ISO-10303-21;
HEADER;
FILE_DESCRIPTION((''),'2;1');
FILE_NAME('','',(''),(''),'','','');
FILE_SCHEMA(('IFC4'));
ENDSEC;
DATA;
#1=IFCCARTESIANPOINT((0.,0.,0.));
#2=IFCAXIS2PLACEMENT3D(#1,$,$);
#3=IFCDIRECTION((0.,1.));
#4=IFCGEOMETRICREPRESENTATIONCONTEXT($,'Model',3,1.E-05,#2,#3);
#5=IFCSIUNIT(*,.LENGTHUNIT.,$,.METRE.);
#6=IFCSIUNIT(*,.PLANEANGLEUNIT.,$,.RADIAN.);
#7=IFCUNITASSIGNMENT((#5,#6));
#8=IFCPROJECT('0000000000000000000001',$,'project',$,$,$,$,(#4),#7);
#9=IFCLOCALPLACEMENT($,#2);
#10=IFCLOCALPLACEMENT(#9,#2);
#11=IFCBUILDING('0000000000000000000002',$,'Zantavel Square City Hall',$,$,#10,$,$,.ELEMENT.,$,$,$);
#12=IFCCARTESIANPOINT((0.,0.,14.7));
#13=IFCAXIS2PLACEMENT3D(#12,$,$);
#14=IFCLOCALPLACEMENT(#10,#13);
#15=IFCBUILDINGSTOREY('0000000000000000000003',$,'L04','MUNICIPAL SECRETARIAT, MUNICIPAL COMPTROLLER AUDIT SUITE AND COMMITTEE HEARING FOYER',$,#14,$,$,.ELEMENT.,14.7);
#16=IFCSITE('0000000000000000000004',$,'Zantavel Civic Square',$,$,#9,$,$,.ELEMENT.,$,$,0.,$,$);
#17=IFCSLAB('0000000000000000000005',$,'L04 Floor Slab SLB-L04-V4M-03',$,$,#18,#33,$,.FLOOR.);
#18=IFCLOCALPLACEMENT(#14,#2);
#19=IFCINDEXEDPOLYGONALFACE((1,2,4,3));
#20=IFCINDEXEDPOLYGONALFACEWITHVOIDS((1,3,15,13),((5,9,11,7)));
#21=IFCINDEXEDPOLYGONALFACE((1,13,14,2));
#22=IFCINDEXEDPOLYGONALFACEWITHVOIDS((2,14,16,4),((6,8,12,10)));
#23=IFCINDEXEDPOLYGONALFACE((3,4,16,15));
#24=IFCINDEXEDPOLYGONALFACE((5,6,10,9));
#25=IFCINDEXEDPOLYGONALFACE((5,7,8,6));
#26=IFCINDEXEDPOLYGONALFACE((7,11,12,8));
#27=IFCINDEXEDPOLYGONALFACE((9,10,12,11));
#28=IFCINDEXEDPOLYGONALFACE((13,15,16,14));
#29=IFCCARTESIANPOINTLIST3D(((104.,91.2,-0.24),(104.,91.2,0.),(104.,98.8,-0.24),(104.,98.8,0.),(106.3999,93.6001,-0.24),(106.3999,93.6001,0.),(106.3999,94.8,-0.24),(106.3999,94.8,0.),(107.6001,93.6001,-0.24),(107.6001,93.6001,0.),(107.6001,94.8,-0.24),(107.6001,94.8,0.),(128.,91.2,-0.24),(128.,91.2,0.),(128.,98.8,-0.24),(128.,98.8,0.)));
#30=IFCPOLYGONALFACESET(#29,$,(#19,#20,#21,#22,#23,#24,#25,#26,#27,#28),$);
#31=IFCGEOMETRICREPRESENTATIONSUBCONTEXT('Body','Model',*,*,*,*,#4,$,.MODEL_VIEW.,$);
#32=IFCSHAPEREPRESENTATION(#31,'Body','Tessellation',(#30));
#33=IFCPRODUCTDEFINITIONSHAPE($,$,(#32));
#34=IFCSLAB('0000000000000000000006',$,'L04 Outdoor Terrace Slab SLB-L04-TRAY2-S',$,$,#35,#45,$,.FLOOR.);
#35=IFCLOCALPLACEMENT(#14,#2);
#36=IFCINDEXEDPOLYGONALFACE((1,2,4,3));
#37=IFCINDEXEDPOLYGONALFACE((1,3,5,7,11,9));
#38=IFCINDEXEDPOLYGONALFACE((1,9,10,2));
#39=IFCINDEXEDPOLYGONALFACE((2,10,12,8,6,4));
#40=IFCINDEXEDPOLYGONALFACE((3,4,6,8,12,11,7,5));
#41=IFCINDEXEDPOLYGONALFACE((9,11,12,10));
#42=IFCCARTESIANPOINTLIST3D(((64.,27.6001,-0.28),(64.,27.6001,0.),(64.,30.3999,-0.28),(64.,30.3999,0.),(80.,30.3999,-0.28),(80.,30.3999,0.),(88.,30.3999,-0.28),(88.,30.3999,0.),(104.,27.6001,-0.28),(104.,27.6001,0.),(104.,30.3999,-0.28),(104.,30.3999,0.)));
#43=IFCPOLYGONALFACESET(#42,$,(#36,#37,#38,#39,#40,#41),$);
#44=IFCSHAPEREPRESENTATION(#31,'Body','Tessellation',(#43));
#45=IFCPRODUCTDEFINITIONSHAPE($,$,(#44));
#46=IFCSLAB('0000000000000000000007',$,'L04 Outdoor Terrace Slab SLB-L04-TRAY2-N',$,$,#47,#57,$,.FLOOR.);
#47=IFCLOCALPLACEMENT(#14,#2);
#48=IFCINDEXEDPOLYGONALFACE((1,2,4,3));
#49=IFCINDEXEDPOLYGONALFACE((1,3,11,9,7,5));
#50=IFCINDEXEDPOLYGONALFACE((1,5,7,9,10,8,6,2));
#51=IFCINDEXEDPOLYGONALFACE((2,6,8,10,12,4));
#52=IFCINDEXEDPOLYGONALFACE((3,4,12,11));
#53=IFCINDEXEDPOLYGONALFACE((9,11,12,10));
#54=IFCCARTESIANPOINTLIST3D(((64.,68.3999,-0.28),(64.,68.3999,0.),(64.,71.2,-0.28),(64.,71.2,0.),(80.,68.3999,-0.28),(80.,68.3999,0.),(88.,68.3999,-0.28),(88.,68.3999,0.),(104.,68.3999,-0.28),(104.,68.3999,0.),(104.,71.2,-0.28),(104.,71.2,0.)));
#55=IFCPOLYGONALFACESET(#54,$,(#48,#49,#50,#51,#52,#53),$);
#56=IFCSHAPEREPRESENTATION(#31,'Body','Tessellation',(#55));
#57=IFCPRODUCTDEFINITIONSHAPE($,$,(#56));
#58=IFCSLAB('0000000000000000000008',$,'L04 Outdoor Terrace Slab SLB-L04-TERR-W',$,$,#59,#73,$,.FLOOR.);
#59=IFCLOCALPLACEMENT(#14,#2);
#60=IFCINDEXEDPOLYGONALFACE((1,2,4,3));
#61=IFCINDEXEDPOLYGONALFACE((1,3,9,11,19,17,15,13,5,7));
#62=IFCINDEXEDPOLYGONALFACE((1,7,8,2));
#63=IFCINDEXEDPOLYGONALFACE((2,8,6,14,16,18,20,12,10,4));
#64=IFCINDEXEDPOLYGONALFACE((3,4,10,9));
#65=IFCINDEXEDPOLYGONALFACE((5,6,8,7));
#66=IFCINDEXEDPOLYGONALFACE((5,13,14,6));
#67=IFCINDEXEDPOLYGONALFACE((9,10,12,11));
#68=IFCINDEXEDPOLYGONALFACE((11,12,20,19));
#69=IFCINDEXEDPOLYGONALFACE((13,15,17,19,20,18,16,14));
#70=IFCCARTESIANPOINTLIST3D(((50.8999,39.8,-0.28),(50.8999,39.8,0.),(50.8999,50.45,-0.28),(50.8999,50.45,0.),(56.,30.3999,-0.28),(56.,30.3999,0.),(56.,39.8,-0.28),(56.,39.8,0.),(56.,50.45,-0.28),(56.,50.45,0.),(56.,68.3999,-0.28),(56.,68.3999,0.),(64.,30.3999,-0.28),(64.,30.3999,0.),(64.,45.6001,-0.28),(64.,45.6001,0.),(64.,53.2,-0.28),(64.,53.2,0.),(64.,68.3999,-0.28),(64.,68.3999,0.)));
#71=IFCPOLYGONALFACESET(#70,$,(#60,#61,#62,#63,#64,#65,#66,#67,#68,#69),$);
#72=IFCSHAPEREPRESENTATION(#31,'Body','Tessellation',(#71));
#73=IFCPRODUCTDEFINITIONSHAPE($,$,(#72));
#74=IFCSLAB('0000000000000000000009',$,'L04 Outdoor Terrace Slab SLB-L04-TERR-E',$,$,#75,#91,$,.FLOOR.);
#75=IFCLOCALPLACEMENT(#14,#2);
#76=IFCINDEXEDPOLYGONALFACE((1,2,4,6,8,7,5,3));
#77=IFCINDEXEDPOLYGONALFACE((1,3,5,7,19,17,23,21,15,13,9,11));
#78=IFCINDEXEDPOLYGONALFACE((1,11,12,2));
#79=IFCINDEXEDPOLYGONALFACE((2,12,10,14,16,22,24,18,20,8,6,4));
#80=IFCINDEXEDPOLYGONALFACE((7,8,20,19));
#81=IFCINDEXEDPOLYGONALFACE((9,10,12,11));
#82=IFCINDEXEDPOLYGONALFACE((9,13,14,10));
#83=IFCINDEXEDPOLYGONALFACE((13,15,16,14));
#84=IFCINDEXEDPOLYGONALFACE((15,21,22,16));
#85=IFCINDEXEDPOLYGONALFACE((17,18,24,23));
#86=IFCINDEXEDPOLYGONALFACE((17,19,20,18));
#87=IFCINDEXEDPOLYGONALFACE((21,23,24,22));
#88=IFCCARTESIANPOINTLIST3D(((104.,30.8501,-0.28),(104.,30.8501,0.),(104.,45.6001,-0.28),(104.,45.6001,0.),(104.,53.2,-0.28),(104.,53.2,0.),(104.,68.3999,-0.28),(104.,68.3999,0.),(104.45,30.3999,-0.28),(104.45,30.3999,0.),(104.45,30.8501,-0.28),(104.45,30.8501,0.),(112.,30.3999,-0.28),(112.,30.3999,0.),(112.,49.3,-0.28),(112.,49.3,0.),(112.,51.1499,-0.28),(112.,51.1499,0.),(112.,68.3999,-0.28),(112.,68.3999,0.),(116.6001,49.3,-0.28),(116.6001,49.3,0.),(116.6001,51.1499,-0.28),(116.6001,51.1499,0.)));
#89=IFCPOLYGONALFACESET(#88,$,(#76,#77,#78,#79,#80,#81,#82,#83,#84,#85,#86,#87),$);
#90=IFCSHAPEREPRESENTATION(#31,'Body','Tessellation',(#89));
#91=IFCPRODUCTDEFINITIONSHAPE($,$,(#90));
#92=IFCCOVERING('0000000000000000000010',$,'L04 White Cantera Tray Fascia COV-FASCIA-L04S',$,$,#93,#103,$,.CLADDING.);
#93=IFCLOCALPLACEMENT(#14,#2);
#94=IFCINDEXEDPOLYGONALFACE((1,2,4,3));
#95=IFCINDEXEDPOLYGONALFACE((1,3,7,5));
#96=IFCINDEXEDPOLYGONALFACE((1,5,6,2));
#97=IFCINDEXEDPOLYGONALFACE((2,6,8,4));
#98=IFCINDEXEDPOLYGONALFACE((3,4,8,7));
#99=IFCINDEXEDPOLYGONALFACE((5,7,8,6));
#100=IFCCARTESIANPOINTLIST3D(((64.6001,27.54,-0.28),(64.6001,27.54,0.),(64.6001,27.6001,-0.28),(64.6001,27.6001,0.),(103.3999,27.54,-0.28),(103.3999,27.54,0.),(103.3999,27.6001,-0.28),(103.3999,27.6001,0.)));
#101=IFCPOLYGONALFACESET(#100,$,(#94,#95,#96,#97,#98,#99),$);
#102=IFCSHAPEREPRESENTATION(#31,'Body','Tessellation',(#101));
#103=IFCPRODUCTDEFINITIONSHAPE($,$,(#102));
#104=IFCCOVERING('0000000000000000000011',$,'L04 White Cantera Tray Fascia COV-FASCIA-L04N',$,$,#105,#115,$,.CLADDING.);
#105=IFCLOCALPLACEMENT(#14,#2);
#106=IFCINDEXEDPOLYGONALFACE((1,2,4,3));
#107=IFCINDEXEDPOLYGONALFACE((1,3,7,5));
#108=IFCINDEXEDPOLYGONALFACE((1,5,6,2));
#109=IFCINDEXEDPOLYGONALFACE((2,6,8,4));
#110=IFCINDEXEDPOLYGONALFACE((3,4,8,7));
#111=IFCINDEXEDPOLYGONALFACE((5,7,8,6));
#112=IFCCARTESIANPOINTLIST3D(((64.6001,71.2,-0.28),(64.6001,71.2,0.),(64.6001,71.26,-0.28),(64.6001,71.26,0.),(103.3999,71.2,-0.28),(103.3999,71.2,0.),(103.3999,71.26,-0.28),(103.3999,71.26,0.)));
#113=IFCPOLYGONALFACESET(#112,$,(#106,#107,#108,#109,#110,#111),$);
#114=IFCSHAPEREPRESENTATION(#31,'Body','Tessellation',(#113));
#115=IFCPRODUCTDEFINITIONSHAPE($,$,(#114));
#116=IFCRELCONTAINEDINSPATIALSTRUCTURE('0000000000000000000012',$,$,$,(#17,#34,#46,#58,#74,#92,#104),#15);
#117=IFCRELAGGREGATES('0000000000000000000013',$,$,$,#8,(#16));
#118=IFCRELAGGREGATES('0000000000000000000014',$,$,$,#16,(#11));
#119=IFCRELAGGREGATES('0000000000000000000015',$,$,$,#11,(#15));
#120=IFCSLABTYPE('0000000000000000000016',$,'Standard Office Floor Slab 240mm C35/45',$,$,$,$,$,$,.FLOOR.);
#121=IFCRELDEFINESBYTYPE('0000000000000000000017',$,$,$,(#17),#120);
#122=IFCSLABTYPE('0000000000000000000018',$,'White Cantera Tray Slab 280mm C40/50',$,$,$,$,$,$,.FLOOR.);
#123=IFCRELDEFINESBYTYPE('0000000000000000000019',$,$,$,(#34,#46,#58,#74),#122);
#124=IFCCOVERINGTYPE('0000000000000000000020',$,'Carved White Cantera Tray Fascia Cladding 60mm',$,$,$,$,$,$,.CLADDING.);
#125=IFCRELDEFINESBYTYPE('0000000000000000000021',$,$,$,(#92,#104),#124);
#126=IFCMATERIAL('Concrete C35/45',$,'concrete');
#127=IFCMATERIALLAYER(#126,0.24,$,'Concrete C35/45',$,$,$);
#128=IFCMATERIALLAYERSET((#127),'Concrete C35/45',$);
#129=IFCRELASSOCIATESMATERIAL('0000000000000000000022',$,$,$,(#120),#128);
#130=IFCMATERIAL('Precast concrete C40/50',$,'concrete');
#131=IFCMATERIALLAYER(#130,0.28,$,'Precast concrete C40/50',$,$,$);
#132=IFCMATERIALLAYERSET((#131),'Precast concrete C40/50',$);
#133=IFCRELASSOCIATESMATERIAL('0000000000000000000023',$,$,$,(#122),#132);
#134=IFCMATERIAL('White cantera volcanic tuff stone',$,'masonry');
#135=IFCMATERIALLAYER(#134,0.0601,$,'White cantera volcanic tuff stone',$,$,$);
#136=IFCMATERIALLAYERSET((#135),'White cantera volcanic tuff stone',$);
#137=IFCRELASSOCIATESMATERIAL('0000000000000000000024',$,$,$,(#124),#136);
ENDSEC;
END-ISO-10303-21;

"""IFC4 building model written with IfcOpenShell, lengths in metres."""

from ifc_helpers import new_model, si_unit, direction, frame, origin, place, context, subcontext, project, spatial, polyline, outline, extrude, material, layer, layer_set, type_object, element, save


model = new_model("IFC4")

# Units and contexts
model_context = context("Model", 3, precision=1e-05, world=origin(), true_north=direction((0.0, 1.0)))
body_context = subcontext(model_context, "Body", "Model", "MODEL_VIEW")
ifc_project = project(units=[si_unit("LENGTHUNIT", "METRE"), si_unit("PLANEANGLEUNIT", "RADIAN")], contexts=[model_context])

# Site, building, storey
site_placement = place(None, origin())
site = spatial("IfcSite", under=ifc_project, at=site_placement, Name="Zantavel Civic Square", CompositionType="ELEMENT", RefElevation=0.0)
building_placement = place(site_placement, origin())
building = spatial("IfcBuilding", under=site, at=building_placement, Name="Zantavel Square City Hall", CompositionType="ELEMENT")
storey_placement = place(building_placement, frame((0.0, 0.0, 14.7)))
storey = spatial("IfcBuildingStorey", under=building, at=storey_placement, Name="L04", Description="MUNICIPAL SECRETARIAT, MUNICIPAL COMPTROLLER AUDIT SUITE AND COMMITTEE HEARING FOYER", CompositionType="ELEMENT", Elevation=14.7)

# Slabs
ifc_material_1 = material(Name="Concrete C35/45", Category="concrete")
ifc_layer_1 = layer(ifc_material_1, 0.24, Name="Concrete C35/45")
ifc_layer_set_1 = layer_set([ifc_layer_1], Name="Concrete C35/45")
slab_type_1 = type_object("IfcSlabType", Name="Standard Office Floor Slab 240mm C35/45", PredefinedType="FLOOR", material=ifc_layer_set_1)
slab_1_placement = place(storey_placement, frame((0.0, 0.0, -0.24)))
element("IfcSlab", 1, at=slab_1_placement, inside=storey, type_object=slab_type_1, Name="L04 Floor Slab SLB-L04-V4M-03", PredefinedType="FLOOR", context=body_context, shape_type="SweptSolid", body=[
    extrude(outline(polyline([(128.0, 98.8), (128.0, 91.2), (104.0, 91.2), (104.0, 98.8), (128.0, 98.8)]), holes=[polyline([(107.6001, 94.8), (106.3999, 94.8), (106.3999, 93.6001), (107.6001, 93.6001), (107.6001, 94.8)])]), origin(), (0.0, 0.0, 1.0), 0.24),
])
ifc_material_2 = material(Name="Precast concrete C40/50", Category="concrete")
ifc_layer_2 = layer(ifc_material_2, 0.28, Name="Precast concrete C40/50")
ifc_layer_set_2 = layer_set([ifc_layer_2], Name="Precast concrete C40/50")
slab_type_2 = type_object("IfcSlabType", Name="White Cantera Tray Slab 280mm C40/50", PredefinedType="FLOOR", material=ifc_layer_set_2)
slab_2_placement = place(storey_placement, frame((0.0, 0.0, -0.28)))
element("IfcSlab", 2, at=slab_2_placement, inside=storey, type_object=slab_type_2, Name="L04 Outdoor Terrace Slab SLB-L04-TRAY2-S", PredefinedType="FLOOR", context=body_context, shape_type="SweptSolid", body=[
    extrude(outline(polyline([(104.0, 27.6001), (64.0, 27.6001), (64.0, 30.3999), (80.0, 30.3999), (88.0, 30.3999), (104.0, 30.3999), (104.0, 27.6001)])), origin(), (0.0, 0.0, 1.0), 0.28),
])
slab_3_placement = place(storey_placement, frame((0.0, 0.0, -0.28)))
element("IfcSlab", 3, at=slab_3_placement, inside=storey, type_object=slab_type_2, Name="L04 Outdoor Terrace Slab SLB-L04-TRAY2-N", PredefinedType="FLOOR", context=body_context, shape_type="SweptSolid", body=[
    extrude(outline(polyline([(64.0, 71.2), (104.0, 71.2), (104.0, 68.3999), (88.0, 68.3999), (80.0, 68.3999), (64.0, 68.3999), (64.0, 71.2)])), origin(), (0.0, 0.0, 1.0), 0.28),
])
slab_4_placement = place(storey_placement, frame((0.0, 0.0, -0.28)))
element("IfcSlab", 4, at=slab_4_placement, inside=storey, type_object=slab_type_2, Name="L04 Outdoor Terrace Slab SLB-L04-TERR-W", PredefinedType="FLOOR", context=body_context, shape_type="SweptSolid", body=[
    extrude(outline(polyline([(64.0, 53.2), (64.0, 45.6001), (64.0, 30.3999), (56.0, 30.3999), (56.0, 39.8), (50.8999, 39.8), (50.8999, 50.45), (56.0, 50.45), (56.0, 68.3999), (64.0, 68.3999), (64.0, 53.2)])), origin(), (0.0, 0.0, 1.0), 0.28),
])
slab_5_placement = place(storey_placement, frame((0.0, 0.0, -0.28)))
element("IfcSlab", 5, at=slab_5_placement, inside=storey, type_object=slab_type_2, Name="L04 Outdoor Terrace Slab SLB-L04-TERR-E", PredefinedType="FLOOR", context=body_context, shape_type="SweptSolid", body=[
    extrude(outline(polyline([(104.0, 45.6001), (104.0, 53.2), (104.0, 68.3999), (112.0, 68.3999), (112.0, 51.1499), (116.6001, 51.1499), (116.6001, 49.3), (112.0, 49.3), (112.0, 30.3999), (104.45, 30.3999), (104.45, 30.8501), (104.0, 30.8501), (104.0, 45.6001)])), origin(), (0.0, 0.0, 1.0), 0.28),
])

# Coverings
ifc_material_3 = material(Name="White cantera volcanic tuff stone", Category="masonry")
ifc_layer_3 = layer(ifc_material_3, 0.0601, Name="White cantera volcanic tuff stone")
ifc_layer_set_3 = layer_set([ifc_layer_3], Name="White cantera volcanic tuff stone")
covering_type = type_object("IfcCoveringType", Name="Carved White Cantera Tray Fascia Cladding 60mm", PredefinedType="CLADDING", material=ifc_layer_set_3)
covering_1_placement = place(storey_placement, frame((0.0, 0.0, -0.28)))
element("IfcCovering", 6, at=covering_1_placement, inside=storey, type_object=covering_type, Name="L04 White Cantera Tray Fascia COV-FASCIA-L04S", PredefinedType="CLADDING", context=body_context, shape_type="SweptSolid", body=[
    extrude(outline(polyline([(64.6001, 27.54), (103.3999, 27.54), (103.3999, 27.6001), (64.6001, 27.6001), (64.6001, 27.54)])), origin(), (0.0, 0.0, 1.0), 0.28),
])
covering_2_placement = place(storey_placement, frame((0.0, 0.0, -0.28)))
element("IfcCovering", 7, at=covering_2_placement, inside=storey, type_object=covering_type, Name="L04 White Cantera Tray Fascia COV-FASCIA-L04N", PredefinedType="CLADDING", context=body_context, shape_type="SweptSolid", body=[
    extrude(outline(polyline([(64.6001, 71.2), (103.3999, 71.2), (103.3999, 71.26), (64.6001, 71.26), (64.6001, 71.2)])), origin(), (0.0, 0.0, 1.0), 0.28),
])

save(model, "model.ifc")
